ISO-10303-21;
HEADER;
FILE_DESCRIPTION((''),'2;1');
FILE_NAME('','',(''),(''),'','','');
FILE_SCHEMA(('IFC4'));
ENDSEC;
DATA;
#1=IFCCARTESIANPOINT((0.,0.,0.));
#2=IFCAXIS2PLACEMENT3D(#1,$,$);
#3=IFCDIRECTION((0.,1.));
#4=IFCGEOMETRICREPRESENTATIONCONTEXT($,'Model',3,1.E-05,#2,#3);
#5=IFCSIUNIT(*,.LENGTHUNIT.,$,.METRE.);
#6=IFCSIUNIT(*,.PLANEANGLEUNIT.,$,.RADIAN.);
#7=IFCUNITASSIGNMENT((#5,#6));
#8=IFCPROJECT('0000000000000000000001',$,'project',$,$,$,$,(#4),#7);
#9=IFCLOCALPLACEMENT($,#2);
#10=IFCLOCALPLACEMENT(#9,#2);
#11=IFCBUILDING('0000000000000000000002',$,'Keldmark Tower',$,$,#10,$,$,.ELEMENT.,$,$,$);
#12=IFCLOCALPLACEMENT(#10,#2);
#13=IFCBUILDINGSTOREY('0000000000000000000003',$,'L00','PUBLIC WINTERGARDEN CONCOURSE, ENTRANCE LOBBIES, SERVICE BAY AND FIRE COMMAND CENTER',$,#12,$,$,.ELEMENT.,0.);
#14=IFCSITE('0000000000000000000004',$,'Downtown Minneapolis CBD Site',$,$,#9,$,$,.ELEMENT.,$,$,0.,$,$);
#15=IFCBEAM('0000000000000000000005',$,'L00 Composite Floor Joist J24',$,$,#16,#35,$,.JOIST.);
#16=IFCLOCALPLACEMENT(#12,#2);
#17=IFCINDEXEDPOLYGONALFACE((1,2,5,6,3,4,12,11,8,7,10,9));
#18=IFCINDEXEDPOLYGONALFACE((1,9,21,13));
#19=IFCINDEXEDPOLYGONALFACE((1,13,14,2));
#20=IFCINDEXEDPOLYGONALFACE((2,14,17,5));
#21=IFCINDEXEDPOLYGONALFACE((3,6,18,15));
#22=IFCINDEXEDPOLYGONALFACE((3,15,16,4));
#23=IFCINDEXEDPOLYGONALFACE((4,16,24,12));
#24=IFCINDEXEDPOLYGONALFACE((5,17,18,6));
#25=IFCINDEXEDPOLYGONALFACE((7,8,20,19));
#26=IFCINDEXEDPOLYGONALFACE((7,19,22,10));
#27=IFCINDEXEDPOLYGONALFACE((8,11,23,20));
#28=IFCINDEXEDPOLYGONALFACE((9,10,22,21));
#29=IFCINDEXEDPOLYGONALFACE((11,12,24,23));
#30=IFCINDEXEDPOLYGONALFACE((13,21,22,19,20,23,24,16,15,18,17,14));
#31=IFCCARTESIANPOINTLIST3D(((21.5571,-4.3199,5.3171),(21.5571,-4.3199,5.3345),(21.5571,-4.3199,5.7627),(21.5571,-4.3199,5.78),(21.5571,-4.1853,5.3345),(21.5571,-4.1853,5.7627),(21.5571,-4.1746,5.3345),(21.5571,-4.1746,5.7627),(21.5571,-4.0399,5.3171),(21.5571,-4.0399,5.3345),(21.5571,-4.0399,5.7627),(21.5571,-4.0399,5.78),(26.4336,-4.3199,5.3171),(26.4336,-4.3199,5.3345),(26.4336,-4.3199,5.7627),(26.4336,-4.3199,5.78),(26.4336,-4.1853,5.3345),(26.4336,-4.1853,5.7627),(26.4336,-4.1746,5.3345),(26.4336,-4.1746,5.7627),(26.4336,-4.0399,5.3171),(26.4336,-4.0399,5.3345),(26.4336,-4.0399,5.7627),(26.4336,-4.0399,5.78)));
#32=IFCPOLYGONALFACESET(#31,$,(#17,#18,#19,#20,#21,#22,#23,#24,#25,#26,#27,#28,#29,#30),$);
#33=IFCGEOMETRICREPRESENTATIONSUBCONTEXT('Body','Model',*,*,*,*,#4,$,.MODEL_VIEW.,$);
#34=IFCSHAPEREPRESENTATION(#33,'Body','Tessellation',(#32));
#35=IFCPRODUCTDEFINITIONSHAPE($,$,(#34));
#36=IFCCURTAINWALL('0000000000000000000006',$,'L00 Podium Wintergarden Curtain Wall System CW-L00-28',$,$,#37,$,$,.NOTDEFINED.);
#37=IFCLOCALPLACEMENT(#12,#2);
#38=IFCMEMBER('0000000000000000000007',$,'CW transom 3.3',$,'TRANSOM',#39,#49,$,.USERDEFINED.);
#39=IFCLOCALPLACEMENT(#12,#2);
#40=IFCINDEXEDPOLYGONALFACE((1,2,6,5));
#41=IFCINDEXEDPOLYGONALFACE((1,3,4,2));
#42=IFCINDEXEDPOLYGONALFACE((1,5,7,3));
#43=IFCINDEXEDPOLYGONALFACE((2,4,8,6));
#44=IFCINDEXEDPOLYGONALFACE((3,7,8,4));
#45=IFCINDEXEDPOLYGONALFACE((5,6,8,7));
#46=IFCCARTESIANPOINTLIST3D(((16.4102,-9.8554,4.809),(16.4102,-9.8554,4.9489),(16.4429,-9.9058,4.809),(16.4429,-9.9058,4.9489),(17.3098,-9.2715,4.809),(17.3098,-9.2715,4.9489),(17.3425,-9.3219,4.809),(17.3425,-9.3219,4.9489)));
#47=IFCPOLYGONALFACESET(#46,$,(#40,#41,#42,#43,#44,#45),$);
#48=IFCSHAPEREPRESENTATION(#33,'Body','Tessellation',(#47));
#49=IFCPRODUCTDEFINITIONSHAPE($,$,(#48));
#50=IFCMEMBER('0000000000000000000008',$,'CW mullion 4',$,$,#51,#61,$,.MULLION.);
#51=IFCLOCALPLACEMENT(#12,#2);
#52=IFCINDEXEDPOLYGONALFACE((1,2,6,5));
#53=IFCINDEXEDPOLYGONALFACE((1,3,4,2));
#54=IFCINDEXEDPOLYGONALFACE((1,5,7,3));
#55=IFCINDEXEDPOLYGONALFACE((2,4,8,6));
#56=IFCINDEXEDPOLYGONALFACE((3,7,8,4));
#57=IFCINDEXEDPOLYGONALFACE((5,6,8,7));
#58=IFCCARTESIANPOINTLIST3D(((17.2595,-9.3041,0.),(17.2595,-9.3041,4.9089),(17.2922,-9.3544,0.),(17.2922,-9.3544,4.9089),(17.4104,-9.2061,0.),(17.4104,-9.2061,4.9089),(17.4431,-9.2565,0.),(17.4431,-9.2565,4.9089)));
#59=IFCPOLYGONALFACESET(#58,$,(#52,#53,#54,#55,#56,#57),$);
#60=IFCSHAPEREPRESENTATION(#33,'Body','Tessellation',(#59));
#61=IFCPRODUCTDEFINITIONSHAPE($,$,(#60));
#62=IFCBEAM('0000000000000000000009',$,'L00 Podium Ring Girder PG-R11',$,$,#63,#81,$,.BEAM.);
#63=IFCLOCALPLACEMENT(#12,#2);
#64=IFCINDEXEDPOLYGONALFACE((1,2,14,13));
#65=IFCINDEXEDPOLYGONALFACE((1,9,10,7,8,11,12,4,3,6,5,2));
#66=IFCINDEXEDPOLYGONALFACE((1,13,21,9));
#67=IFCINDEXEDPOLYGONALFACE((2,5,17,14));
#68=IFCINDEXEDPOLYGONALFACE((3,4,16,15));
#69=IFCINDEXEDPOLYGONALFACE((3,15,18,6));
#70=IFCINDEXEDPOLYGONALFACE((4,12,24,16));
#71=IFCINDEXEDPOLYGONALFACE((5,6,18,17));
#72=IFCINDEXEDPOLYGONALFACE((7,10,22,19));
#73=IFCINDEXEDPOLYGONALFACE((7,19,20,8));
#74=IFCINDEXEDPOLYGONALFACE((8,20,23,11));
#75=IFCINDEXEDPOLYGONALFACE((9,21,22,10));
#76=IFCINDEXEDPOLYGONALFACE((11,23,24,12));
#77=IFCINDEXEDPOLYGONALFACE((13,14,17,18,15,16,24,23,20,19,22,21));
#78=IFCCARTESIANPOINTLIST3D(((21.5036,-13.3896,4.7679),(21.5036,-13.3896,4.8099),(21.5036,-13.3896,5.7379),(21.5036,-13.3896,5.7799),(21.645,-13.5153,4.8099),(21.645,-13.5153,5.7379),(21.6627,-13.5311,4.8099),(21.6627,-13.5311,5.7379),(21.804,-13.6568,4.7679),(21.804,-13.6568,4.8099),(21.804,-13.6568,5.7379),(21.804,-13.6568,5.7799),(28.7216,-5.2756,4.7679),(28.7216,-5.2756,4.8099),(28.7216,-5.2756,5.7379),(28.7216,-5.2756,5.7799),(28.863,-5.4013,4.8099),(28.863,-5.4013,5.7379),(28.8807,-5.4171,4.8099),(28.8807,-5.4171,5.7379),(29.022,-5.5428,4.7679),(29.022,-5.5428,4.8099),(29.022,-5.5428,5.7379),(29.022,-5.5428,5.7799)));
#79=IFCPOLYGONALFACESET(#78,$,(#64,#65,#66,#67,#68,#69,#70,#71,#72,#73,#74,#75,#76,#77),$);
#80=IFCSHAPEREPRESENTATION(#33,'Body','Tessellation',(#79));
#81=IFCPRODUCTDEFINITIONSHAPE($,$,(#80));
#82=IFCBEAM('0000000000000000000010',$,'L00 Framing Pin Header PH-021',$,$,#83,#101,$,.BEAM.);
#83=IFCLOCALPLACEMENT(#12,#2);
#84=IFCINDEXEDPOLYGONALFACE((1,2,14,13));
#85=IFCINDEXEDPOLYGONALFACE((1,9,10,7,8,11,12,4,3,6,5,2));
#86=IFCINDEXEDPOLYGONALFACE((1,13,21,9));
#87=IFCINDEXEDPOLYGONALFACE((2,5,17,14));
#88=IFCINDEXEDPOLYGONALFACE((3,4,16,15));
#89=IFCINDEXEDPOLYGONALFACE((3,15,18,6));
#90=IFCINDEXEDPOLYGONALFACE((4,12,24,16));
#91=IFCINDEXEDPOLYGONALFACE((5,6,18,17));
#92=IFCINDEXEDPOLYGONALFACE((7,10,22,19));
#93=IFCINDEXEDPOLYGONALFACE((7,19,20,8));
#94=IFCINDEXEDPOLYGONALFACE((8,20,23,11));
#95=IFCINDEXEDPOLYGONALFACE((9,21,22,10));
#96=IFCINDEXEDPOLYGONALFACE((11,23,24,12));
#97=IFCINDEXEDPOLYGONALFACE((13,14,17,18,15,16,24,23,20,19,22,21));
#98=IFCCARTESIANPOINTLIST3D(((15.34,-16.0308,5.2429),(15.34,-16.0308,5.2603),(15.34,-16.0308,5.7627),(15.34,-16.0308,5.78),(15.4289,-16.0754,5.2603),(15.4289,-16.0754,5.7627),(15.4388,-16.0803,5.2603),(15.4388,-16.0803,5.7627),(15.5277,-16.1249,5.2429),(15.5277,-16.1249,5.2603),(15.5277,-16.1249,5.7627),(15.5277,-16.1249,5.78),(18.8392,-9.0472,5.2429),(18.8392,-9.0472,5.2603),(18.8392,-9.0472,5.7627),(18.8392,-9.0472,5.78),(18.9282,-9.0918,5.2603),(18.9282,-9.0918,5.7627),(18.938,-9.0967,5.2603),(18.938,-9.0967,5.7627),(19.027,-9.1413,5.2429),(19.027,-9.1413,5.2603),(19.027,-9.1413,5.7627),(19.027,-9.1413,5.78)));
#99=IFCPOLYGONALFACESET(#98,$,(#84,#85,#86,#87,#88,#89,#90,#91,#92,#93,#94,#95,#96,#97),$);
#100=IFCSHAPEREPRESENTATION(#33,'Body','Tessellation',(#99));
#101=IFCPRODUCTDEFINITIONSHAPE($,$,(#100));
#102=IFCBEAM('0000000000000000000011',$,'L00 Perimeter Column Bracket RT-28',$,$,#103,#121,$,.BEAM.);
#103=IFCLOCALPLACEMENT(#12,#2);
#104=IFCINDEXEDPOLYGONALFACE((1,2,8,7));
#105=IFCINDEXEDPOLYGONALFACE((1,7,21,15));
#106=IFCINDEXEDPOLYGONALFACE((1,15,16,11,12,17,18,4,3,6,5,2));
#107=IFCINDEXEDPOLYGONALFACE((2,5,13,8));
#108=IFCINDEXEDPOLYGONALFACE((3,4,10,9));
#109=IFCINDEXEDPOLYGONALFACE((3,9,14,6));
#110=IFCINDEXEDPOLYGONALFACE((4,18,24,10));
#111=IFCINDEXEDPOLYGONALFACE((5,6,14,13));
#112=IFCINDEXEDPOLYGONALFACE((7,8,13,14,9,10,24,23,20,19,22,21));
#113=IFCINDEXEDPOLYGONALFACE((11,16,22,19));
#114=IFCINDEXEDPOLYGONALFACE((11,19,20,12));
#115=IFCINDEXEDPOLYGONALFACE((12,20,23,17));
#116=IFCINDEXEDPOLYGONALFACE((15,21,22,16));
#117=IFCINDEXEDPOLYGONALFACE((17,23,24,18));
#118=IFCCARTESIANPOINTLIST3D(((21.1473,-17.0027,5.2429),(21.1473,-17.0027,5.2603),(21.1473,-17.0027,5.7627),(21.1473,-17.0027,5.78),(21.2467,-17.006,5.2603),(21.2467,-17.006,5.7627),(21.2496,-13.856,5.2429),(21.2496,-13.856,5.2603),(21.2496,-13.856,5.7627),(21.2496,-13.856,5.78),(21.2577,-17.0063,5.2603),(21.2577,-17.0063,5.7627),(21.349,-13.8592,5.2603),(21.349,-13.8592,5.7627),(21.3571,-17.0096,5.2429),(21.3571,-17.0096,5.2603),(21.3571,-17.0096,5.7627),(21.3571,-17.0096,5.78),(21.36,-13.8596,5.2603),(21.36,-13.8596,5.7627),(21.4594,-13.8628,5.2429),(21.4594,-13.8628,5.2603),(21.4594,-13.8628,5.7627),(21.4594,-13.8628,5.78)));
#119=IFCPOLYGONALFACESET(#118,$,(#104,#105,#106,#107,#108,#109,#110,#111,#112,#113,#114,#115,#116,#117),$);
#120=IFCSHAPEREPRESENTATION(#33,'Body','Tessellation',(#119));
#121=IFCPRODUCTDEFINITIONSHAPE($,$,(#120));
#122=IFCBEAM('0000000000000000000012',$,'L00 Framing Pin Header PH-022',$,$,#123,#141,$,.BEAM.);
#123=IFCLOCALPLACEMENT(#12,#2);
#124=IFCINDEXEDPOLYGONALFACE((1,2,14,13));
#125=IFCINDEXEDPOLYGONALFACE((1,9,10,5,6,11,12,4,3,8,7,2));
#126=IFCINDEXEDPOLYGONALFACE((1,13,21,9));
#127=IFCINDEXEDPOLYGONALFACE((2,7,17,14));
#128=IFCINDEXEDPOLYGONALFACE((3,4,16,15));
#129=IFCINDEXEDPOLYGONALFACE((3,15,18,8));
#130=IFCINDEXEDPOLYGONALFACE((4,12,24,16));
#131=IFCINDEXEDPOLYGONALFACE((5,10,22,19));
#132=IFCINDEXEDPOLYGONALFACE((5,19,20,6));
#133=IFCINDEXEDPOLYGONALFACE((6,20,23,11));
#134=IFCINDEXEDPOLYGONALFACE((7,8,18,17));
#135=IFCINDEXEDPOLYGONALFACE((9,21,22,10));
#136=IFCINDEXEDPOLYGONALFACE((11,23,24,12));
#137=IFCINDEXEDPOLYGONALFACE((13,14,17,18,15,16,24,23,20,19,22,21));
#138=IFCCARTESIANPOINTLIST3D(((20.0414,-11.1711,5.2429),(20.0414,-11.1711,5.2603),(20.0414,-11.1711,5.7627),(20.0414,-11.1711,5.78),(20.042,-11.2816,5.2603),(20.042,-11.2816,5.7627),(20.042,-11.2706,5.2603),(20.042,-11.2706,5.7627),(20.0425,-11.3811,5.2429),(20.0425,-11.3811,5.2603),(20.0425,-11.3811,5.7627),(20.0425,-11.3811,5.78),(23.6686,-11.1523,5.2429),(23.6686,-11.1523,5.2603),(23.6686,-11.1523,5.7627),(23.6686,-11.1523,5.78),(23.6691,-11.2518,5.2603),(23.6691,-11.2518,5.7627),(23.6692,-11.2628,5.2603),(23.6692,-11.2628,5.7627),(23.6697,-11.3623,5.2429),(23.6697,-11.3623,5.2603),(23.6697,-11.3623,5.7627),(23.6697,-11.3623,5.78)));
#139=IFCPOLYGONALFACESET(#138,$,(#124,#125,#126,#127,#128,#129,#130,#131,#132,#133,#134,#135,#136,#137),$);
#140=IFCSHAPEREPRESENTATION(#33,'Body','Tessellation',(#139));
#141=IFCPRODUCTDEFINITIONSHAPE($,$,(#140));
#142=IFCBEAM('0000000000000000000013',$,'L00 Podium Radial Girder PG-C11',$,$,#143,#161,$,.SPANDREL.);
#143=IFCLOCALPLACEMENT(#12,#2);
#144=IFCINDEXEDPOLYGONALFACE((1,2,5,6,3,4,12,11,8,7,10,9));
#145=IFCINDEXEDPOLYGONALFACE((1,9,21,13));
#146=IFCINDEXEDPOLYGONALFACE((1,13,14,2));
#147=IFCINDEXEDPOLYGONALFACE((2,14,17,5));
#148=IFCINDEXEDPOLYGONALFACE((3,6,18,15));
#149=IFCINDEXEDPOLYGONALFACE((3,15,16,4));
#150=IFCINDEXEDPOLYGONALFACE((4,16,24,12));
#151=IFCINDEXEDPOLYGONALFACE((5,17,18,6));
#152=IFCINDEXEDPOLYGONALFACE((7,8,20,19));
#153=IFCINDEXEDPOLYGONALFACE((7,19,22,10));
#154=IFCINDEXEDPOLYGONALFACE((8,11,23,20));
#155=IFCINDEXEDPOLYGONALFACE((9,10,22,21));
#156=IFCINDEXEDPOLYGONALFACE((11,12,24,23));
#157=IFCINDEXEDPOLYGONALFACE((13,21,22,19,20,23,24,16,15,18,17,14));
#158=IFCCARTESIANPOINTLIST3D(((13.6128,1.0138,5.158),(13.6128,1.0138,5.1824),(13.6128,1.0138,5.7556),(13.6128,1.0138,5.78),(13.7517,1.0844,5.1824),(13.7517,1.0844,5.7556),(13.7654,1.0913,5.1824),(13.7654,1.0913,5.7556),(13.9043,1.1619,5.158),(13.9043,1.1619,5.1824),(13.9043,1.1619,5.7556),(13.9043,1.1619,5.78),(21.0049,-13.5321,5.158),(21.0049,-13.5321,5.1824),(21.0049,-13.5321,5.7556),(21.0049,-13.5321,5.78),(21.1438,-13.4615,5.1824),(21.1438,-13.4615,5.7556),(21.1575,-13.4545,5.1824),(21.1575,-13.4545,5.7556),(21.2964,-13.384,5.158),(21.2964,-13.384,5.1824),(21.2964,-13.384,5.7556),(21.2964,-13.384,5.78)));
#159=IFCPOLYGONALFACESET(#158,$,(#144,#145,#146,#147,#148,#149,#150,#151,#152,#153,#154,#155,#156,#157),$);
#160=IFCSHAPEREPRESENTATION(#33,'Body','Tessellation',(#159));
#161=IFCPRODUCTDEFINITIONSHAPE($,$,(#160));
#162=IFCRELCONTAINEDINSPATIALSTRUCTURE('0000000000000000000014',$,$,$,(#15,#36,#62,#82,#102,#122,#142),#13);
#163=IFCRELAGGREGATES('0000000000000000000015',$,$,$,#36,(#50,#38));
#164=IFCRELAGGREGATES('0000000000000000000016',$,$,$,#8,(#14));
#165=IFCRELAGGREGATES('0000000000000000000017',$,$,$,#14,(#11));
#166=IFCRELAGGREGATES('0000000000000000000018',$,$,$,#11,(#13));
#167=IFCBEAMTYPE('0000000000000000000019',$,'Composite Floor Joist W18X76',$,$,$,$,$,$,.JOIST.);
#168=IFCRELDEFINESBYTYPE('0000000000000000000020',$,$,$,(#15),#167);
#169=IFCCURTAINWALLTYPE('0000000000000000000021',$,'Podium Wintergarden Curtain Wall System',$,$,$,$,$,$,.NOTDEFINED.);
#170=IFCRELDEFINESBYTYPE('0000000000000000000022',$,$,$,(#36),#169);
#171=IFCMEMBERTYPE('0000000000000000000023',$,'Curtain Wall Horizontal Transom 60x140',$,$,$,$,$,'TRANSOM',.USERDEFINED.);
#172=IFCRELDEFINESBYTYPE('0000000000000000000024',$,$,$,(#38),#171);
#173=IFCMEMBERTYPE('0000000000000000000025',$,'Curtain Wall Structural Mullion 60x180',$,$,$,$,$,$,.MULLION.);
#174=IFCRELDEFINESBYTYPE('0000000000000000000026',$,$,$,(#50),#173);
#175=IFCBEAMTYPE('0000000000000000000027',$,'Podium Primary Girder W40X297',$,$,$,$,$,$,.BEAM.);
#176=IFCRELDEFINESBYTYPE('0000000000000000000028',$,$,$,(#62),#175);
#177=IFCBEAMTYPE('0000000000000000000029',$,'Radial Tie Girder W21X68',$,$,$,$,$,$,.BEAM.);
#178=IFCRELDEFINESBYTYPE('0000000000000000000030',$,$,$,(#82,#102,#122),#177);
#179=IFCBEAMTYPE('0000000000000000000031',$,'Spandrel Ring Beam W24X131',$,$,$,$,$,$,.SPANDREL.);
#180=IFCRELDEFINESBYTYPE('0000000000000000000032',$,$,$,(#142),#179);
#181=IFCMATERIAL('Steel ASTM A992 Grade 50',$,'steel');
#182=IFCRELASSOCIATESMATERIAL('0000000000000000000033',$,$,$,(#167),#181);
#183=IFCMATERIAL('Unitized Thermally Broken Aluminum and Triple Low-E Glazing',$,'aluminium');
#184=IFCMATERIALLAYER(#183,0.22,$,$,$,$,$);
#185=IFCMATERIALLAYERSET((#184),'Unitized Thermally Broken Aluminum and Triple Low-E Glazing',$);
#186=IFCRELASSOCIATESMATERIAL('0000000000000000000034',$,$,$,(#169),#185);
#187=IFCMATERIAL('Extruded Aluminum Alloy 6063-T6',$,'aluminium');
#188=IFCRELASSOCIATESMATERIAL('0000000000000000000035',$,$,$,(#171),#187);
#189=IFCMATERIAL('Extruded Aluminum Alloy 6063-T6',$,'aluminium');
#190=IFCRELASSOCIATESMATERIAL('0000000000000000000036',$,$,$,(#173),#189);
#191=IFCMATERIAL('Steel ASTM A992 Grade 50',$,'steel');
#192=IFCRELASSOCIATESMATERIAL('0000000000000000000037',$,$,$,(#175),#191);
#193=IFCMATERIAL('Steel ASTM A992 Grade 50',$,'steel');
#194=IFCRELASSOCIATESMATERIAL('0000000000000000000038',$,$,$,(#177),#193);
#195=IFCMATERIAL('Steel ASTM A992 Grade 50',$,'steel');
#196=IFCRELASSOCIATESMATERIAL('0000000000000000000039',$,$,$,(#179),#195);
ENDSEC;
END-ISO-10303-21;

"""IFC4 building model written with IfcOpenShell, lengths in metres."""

from ifc_helpers import new_model, si_unit, direction, frame, origin, origin_2d, place, context, subcontext, project, spatial, rectangle, i_section, extrude, material, layer, layer_set, material_profile, profile_set, type_object, element, aggregate, save


model = new_model("IFC4")

# Units and contexts
model_context = context("Model", 3, precision=1e-05, world=origin(), true_north=direction((0.0, 1.0)))
body_context = subcontext(model_context, "Body", "Model", "MODEL_VIEW")
ifc_project = project(units=[si_unit("LENGTHUNIT", "METRE"), si_unit("PLANEANGLEUNIT", "RADIAN")], contexts=[model_context])

# Site, building, storey
site_placement = place(None, origin())
site = spatial("IfcSite", under=ifc_project, at=site_placement, Name="Downtown Minneapolis CBD Site", CompositionType="ELEMENT", RefElevation=0.0)
building_placement = place(site_placement, origin())
building = spatial("IfcBuilding", under=site, at=building_placement, Name="Keldmark Tower", CompositionType="ELEMENT")
storey_placement = place(building_placement, origin())
storey = spatial("IfcBuildingStorey", under=building, at=storey_placement, Name="L00", Description="PUBLIC WINTERGARDEN CONCOURSE, ENTRANCE LOBBIES, SERVICE BAY AND FIRE COMMAND CENTER", CompositionType="ELEMENT", Elevation=0.0)

# Beam
ifc_material_1 = material(Name="Steel ASTM A992 Grade 50", Category="steel")
ifc_material_profile_1 = material_profile(ifc_material_1, i_section(OverallWidth=0.28, OverallDepth=0.4629, WebThickness=0.0107, FlangeThickness=0.0173, at=origin_2d()), Name="W18X76")
ifc_profile_set_1 = profile_set([ifc_material_profile_1], Name="Steel ASTM A992 Grade 50")
beam_type_1 = type_object("IfcBeamType", Name="Composite Floor Joist W18X76", PredefinedType="JOIST", material=ifc_profile_set_1)
beam_1_placement = place(storey_placement, frame((21.5571, -4.1799, 5.5486), z_axis=(1.0, 0.0, 0.0), x_axis=(0.0, 1.0, 0.0)))
element("IfcBeam", 1, at=beam_1_placement, inside=storey, type_object=beam_type_1, Name="L00 Composite Floor Joist J24", PredefinedType="JOIST", context=body_context, shape_type="SweptSolid", body=[
    extrude(i_section(OverallWidth=0.28, OverallDepth=0.4629, WebThickness=0.0107, FlangeThickness=0.0173, at=origin_2d()), origin(), (0.0, 0.0, 1.0), 4.8765),
])

# Curtain wall, members
ifc_material_2 = material(Name="Unitized Thermally Broken Aluminum and Triple Low-E Glazing", Category="aluminium")
ifc_layer_1 = layer(ifc_material_2, 0.22)
ifc_layer_set_1 = layer_set([ifc_layer_1], Name="Unitized Thermally Broken Aluminum and Triple Low-E Glazing")
curtain_wall_type = type_object("IfcCurtainWallType", Name="Podium Wintergarden Curtain Wall System", PredefinedType="NOTDEFINED", material=ifc_layer_set_1)
curtain_wall_placement = place(storey_placement, origin())
curtain_wall = element("IfcCurtainWall", 2, at=curtain_wall_placement, inside=storey, type_object=curtain_wall_type, Name="L00 Podium Wintergarden Curtain Wall System CW-L00-28", PredefinedType="NOTDEFINED")
ifc_material_3 = material(Name="Extruded Aluminum Alloy 6063-T6", Category="aluminium")
ifc_material_profile_2 = material_profile(ifc_material_3, rectangle(XDim=0.0601, YDim=0.1399, at=origin_2d()), Name="CWT60X140")
ifc_profile_set_2 = profile_set([ifc_material_profile_2], Name="Extruded Aluminum Alloy 6063-T6")
member_type_1 = type_object("IfcMemberType", Name="Curtain Wall Horizontal Transom 60x140", ElementType="TRANSOM", PredefinedType="USERDEFINED", material=ifc_profile_set_2)
member_1_placement = place(storey_placement, frame((16.4265, -9.8806, 4.8789), z_axis=(0.838781, 0.544468, 0.0), x_axis=(-0.544468, 0.838781, 0.0)))
member_1 = element("IfcMember", 3, at=member_1_placement, type_object=member_type_1, Name="CW transom 3.3", ObjectType="TRANSOM", PredefinedType="USERDEFINED", context=body_context, shape_type="SweptSolid", body=[
    extrude(rectangle(XDim=0.0601, YDim=0.1399, at=origin_2d()), origin(), (0.0, 0.0, 1.0), 1.0725),
])
ifc_material_4 = material(Name="Extruded Aluminum Alloy 6063-T6", Category="aluminium")
ifc_material_profile_3 = material_profile(ifc_material_4, rectangle(XDim=0.0601, YDim=0.1799, at=origin_2d()), Name="CWM60X180")
ifc_profile_set_3 = profile_set([ifc_material_profile_3], Name="Extruded Aluminum Alloy 6063-T6")
member_type_2 = type_object("IfcMemberType", Name="Curtain Wall Structural Mullion 60x180", PredefinedType="MULLION", material=ifc_profile_set_3)
member_2_placement = place(storey_placement, frame((17.3513, -9.2803, 0.0), z_axis=(0.0, 0.0, 1.0), x_axis=(-0.544496, 0.838763, 0.0)))
member_2 = element("IfcMember", 4, at=member_2_placement, type_object=member_type_2, Name="CW mullion 4", PredefinedType="MULLION", context=body_context, shape_type="SweptSolid", body=[
    extrude(rectangle(XDim=0.0601, YDim=0.1799, at=origin_2d()), origin(), (0.0, 0.0, 1.0), 4.9089),
])

# Beams
ifc_material_5 = material(Name="Steel ASTM A992 Grade 50", Category="steel")
ifc_material_profile_4 = material_profile(ifc_material_5, i_section(OverallWidth=0.4021, OverallDepth=1.012, WebThickness=0.0237, FlangeThickness=0.042, at=origin_2d()), Name="W40X297")
ifc_profile_set_4 = profile_set([ifc_material_profile_4], Name="Steel ASTM A992 Grade 50")
beam_type_2 = type_object("IfcBeamType", Name="Podium Primary Girder W40X297", PredefinedType="BEAM", material=ifc_profile_set_4)
beam_2_placement = place(storey_placement, frame((21.6538, -13.5232, 5.2739), z_axis=(0.66465, 0.747155, 0.0), x_axis=(-0.747155, 0.66465, 0.0)))
element("IfcBeam", 5, at=beam_2_placement, inside=storey, type_object=beam_type_2, Name="L00 Podium Ring Girder PG-R11", PredefinedType="BEAM", context=body_context, shape_type="SweptSolid", body=[
    extrude(i_section(OverallWidth=0.4021, OverallDepth=1.012, WebThickness=0.0237, FlangeThickness=0.042, at=origin_2d()), origin(), (0.0, 0.0, 1.0), 10.8599),
])
ifc_material_6 = material(Name="Steel ASTM A992 Grade 50", Category="steel")
ifc_material_profile_5 = material_profile(ifc_material_6, i_section(OverallWidth=0.21, OverallDepth=0.5371, WebThickness=0.011, FlangeThickness=0.0173, at=origin_2d()), Name="W21X68")
ifc_profile_set_5 = profile_set([ifc_material_profile_5], Name="Steel ASTM A992 Grade 50")
beam_type_3 = type_object("IfcBeamType", Name="Radial Tie Girder W21X68", PredefinedType="BEAM", material=ifc_profile_set_5)
beam_3_placement = place(storey_placement, frame((18.9331, -9.0942, 5.5115), z_axis=(-0.447976, -0.894046, 0.0), x_axis=(0.894046, -0.447976, 0.0)))
element("IfcBeam", 6, at=beam_3_placement, inside=storey, type_object=beam_type_3, Name="L00 Framing Pin Header PH-021", PredefinedType="BEAM", context=body_context, shape_type="SweptSolid", body=[
    extrude(i_section(OverallWidth=0.21, OverallDepth=0.5371, WebThickness=0.011, FlangeThickness=0.0173, at=origin_2d()), origin(), (0.0, 0.0, 1.0), 7.8113),
])
beam_4_placement = place(storey_placement, frame((21.3545, -13.8594, 5.5115), z_axis=(-0.032491, -0.999472, 0.0), x_axis=(0.999472, -0.032491, 0.0)))
element("IfcBeam", 7, at=beam_4_placement, inside=storey, type_object=beam_type_3, Name="L00 Perimeter Column Bracket RT-28", PredefinedType="BEAM", context=body_context, shape_type="SweptSolid", body=[
    extrude(i_section(OverallWidth=0.21, OverallDepth=0.5371, WebThickness=0.011, FlangeThickness=0.0173, at=origin_2d()), origin(), (0.0, 0.0, 1.0), 3.1484),
])
beam_5_placement = place(storey_placement, frame((20.042, -11.2761, 5.5115), z_axis=(0.999987, 0.005183, 0.0), x_axis=(-0.005183, 0.999987, 0.0)))
element("IfcBeam", 8, at=beam_5_placement, inside=storey, type_object=beam_type_3, Name="L00 Framing Pin Header PH-022", PredefinedType="BEAM", context=body_context, shape_type="SweptSolid", body=[
    extrude(i_section(OverallWidth=0.21, OverallDepth=0.5371, WebThickness=0.011, FlangeThickness=0.0173, at=origin_2d()), origin(), (0.0, 0.0, 1.0), 3.6272),
])
ifc_material_7 = material(Name="Steel ASTM A992 Grade 50", Category="steel")
ifc_material_profile_6 = material_profile(ifc_material_7, i_section(OverallWidth=0.3269, OverallDepth=0.6221, WebThickness=0.0154, FlangeThickness=0.0244, at=origin_2d()), Name="W24X131")
ifc_profile_set_6 = profile_set([ifc_material_profile_6], Name="Steel ASTM A992 Grade 50")
beam_type_4 = type_object("IfcBeamType", Name="Spandrel Ring Beam W24X131", PredefinedType="SPANDREL", material=ifc_profile_set_6)
beam_6_placement = place(storey_placement, frame((21.1506, -13.458, 5.469), z_axis=(-0.453046, 0.891487, 0.0), x_axis=(-0.891487, -0.453046, 0.0)))
element("IfcBeam", 9, at=beam_6_placement, inside=storey, type_object=beam_type_4, Name="L00 Podium Radial Girder PG-C11", PredefinedType="SPANDREL", context=body_context, shape_type="SweptSolid", body=[
    extrude(i_section(OverallWidth=0.3269, OverallDepth=0.6221, WebThickness=0.0154, FlangeThickness=0.0244, at=origin_2d()), origin(), (0.0, 0.0, 1.0), 16.3164),
])

aggregate(curtain_wall, [member_2, member_1])

save(model, "model.ifc")
